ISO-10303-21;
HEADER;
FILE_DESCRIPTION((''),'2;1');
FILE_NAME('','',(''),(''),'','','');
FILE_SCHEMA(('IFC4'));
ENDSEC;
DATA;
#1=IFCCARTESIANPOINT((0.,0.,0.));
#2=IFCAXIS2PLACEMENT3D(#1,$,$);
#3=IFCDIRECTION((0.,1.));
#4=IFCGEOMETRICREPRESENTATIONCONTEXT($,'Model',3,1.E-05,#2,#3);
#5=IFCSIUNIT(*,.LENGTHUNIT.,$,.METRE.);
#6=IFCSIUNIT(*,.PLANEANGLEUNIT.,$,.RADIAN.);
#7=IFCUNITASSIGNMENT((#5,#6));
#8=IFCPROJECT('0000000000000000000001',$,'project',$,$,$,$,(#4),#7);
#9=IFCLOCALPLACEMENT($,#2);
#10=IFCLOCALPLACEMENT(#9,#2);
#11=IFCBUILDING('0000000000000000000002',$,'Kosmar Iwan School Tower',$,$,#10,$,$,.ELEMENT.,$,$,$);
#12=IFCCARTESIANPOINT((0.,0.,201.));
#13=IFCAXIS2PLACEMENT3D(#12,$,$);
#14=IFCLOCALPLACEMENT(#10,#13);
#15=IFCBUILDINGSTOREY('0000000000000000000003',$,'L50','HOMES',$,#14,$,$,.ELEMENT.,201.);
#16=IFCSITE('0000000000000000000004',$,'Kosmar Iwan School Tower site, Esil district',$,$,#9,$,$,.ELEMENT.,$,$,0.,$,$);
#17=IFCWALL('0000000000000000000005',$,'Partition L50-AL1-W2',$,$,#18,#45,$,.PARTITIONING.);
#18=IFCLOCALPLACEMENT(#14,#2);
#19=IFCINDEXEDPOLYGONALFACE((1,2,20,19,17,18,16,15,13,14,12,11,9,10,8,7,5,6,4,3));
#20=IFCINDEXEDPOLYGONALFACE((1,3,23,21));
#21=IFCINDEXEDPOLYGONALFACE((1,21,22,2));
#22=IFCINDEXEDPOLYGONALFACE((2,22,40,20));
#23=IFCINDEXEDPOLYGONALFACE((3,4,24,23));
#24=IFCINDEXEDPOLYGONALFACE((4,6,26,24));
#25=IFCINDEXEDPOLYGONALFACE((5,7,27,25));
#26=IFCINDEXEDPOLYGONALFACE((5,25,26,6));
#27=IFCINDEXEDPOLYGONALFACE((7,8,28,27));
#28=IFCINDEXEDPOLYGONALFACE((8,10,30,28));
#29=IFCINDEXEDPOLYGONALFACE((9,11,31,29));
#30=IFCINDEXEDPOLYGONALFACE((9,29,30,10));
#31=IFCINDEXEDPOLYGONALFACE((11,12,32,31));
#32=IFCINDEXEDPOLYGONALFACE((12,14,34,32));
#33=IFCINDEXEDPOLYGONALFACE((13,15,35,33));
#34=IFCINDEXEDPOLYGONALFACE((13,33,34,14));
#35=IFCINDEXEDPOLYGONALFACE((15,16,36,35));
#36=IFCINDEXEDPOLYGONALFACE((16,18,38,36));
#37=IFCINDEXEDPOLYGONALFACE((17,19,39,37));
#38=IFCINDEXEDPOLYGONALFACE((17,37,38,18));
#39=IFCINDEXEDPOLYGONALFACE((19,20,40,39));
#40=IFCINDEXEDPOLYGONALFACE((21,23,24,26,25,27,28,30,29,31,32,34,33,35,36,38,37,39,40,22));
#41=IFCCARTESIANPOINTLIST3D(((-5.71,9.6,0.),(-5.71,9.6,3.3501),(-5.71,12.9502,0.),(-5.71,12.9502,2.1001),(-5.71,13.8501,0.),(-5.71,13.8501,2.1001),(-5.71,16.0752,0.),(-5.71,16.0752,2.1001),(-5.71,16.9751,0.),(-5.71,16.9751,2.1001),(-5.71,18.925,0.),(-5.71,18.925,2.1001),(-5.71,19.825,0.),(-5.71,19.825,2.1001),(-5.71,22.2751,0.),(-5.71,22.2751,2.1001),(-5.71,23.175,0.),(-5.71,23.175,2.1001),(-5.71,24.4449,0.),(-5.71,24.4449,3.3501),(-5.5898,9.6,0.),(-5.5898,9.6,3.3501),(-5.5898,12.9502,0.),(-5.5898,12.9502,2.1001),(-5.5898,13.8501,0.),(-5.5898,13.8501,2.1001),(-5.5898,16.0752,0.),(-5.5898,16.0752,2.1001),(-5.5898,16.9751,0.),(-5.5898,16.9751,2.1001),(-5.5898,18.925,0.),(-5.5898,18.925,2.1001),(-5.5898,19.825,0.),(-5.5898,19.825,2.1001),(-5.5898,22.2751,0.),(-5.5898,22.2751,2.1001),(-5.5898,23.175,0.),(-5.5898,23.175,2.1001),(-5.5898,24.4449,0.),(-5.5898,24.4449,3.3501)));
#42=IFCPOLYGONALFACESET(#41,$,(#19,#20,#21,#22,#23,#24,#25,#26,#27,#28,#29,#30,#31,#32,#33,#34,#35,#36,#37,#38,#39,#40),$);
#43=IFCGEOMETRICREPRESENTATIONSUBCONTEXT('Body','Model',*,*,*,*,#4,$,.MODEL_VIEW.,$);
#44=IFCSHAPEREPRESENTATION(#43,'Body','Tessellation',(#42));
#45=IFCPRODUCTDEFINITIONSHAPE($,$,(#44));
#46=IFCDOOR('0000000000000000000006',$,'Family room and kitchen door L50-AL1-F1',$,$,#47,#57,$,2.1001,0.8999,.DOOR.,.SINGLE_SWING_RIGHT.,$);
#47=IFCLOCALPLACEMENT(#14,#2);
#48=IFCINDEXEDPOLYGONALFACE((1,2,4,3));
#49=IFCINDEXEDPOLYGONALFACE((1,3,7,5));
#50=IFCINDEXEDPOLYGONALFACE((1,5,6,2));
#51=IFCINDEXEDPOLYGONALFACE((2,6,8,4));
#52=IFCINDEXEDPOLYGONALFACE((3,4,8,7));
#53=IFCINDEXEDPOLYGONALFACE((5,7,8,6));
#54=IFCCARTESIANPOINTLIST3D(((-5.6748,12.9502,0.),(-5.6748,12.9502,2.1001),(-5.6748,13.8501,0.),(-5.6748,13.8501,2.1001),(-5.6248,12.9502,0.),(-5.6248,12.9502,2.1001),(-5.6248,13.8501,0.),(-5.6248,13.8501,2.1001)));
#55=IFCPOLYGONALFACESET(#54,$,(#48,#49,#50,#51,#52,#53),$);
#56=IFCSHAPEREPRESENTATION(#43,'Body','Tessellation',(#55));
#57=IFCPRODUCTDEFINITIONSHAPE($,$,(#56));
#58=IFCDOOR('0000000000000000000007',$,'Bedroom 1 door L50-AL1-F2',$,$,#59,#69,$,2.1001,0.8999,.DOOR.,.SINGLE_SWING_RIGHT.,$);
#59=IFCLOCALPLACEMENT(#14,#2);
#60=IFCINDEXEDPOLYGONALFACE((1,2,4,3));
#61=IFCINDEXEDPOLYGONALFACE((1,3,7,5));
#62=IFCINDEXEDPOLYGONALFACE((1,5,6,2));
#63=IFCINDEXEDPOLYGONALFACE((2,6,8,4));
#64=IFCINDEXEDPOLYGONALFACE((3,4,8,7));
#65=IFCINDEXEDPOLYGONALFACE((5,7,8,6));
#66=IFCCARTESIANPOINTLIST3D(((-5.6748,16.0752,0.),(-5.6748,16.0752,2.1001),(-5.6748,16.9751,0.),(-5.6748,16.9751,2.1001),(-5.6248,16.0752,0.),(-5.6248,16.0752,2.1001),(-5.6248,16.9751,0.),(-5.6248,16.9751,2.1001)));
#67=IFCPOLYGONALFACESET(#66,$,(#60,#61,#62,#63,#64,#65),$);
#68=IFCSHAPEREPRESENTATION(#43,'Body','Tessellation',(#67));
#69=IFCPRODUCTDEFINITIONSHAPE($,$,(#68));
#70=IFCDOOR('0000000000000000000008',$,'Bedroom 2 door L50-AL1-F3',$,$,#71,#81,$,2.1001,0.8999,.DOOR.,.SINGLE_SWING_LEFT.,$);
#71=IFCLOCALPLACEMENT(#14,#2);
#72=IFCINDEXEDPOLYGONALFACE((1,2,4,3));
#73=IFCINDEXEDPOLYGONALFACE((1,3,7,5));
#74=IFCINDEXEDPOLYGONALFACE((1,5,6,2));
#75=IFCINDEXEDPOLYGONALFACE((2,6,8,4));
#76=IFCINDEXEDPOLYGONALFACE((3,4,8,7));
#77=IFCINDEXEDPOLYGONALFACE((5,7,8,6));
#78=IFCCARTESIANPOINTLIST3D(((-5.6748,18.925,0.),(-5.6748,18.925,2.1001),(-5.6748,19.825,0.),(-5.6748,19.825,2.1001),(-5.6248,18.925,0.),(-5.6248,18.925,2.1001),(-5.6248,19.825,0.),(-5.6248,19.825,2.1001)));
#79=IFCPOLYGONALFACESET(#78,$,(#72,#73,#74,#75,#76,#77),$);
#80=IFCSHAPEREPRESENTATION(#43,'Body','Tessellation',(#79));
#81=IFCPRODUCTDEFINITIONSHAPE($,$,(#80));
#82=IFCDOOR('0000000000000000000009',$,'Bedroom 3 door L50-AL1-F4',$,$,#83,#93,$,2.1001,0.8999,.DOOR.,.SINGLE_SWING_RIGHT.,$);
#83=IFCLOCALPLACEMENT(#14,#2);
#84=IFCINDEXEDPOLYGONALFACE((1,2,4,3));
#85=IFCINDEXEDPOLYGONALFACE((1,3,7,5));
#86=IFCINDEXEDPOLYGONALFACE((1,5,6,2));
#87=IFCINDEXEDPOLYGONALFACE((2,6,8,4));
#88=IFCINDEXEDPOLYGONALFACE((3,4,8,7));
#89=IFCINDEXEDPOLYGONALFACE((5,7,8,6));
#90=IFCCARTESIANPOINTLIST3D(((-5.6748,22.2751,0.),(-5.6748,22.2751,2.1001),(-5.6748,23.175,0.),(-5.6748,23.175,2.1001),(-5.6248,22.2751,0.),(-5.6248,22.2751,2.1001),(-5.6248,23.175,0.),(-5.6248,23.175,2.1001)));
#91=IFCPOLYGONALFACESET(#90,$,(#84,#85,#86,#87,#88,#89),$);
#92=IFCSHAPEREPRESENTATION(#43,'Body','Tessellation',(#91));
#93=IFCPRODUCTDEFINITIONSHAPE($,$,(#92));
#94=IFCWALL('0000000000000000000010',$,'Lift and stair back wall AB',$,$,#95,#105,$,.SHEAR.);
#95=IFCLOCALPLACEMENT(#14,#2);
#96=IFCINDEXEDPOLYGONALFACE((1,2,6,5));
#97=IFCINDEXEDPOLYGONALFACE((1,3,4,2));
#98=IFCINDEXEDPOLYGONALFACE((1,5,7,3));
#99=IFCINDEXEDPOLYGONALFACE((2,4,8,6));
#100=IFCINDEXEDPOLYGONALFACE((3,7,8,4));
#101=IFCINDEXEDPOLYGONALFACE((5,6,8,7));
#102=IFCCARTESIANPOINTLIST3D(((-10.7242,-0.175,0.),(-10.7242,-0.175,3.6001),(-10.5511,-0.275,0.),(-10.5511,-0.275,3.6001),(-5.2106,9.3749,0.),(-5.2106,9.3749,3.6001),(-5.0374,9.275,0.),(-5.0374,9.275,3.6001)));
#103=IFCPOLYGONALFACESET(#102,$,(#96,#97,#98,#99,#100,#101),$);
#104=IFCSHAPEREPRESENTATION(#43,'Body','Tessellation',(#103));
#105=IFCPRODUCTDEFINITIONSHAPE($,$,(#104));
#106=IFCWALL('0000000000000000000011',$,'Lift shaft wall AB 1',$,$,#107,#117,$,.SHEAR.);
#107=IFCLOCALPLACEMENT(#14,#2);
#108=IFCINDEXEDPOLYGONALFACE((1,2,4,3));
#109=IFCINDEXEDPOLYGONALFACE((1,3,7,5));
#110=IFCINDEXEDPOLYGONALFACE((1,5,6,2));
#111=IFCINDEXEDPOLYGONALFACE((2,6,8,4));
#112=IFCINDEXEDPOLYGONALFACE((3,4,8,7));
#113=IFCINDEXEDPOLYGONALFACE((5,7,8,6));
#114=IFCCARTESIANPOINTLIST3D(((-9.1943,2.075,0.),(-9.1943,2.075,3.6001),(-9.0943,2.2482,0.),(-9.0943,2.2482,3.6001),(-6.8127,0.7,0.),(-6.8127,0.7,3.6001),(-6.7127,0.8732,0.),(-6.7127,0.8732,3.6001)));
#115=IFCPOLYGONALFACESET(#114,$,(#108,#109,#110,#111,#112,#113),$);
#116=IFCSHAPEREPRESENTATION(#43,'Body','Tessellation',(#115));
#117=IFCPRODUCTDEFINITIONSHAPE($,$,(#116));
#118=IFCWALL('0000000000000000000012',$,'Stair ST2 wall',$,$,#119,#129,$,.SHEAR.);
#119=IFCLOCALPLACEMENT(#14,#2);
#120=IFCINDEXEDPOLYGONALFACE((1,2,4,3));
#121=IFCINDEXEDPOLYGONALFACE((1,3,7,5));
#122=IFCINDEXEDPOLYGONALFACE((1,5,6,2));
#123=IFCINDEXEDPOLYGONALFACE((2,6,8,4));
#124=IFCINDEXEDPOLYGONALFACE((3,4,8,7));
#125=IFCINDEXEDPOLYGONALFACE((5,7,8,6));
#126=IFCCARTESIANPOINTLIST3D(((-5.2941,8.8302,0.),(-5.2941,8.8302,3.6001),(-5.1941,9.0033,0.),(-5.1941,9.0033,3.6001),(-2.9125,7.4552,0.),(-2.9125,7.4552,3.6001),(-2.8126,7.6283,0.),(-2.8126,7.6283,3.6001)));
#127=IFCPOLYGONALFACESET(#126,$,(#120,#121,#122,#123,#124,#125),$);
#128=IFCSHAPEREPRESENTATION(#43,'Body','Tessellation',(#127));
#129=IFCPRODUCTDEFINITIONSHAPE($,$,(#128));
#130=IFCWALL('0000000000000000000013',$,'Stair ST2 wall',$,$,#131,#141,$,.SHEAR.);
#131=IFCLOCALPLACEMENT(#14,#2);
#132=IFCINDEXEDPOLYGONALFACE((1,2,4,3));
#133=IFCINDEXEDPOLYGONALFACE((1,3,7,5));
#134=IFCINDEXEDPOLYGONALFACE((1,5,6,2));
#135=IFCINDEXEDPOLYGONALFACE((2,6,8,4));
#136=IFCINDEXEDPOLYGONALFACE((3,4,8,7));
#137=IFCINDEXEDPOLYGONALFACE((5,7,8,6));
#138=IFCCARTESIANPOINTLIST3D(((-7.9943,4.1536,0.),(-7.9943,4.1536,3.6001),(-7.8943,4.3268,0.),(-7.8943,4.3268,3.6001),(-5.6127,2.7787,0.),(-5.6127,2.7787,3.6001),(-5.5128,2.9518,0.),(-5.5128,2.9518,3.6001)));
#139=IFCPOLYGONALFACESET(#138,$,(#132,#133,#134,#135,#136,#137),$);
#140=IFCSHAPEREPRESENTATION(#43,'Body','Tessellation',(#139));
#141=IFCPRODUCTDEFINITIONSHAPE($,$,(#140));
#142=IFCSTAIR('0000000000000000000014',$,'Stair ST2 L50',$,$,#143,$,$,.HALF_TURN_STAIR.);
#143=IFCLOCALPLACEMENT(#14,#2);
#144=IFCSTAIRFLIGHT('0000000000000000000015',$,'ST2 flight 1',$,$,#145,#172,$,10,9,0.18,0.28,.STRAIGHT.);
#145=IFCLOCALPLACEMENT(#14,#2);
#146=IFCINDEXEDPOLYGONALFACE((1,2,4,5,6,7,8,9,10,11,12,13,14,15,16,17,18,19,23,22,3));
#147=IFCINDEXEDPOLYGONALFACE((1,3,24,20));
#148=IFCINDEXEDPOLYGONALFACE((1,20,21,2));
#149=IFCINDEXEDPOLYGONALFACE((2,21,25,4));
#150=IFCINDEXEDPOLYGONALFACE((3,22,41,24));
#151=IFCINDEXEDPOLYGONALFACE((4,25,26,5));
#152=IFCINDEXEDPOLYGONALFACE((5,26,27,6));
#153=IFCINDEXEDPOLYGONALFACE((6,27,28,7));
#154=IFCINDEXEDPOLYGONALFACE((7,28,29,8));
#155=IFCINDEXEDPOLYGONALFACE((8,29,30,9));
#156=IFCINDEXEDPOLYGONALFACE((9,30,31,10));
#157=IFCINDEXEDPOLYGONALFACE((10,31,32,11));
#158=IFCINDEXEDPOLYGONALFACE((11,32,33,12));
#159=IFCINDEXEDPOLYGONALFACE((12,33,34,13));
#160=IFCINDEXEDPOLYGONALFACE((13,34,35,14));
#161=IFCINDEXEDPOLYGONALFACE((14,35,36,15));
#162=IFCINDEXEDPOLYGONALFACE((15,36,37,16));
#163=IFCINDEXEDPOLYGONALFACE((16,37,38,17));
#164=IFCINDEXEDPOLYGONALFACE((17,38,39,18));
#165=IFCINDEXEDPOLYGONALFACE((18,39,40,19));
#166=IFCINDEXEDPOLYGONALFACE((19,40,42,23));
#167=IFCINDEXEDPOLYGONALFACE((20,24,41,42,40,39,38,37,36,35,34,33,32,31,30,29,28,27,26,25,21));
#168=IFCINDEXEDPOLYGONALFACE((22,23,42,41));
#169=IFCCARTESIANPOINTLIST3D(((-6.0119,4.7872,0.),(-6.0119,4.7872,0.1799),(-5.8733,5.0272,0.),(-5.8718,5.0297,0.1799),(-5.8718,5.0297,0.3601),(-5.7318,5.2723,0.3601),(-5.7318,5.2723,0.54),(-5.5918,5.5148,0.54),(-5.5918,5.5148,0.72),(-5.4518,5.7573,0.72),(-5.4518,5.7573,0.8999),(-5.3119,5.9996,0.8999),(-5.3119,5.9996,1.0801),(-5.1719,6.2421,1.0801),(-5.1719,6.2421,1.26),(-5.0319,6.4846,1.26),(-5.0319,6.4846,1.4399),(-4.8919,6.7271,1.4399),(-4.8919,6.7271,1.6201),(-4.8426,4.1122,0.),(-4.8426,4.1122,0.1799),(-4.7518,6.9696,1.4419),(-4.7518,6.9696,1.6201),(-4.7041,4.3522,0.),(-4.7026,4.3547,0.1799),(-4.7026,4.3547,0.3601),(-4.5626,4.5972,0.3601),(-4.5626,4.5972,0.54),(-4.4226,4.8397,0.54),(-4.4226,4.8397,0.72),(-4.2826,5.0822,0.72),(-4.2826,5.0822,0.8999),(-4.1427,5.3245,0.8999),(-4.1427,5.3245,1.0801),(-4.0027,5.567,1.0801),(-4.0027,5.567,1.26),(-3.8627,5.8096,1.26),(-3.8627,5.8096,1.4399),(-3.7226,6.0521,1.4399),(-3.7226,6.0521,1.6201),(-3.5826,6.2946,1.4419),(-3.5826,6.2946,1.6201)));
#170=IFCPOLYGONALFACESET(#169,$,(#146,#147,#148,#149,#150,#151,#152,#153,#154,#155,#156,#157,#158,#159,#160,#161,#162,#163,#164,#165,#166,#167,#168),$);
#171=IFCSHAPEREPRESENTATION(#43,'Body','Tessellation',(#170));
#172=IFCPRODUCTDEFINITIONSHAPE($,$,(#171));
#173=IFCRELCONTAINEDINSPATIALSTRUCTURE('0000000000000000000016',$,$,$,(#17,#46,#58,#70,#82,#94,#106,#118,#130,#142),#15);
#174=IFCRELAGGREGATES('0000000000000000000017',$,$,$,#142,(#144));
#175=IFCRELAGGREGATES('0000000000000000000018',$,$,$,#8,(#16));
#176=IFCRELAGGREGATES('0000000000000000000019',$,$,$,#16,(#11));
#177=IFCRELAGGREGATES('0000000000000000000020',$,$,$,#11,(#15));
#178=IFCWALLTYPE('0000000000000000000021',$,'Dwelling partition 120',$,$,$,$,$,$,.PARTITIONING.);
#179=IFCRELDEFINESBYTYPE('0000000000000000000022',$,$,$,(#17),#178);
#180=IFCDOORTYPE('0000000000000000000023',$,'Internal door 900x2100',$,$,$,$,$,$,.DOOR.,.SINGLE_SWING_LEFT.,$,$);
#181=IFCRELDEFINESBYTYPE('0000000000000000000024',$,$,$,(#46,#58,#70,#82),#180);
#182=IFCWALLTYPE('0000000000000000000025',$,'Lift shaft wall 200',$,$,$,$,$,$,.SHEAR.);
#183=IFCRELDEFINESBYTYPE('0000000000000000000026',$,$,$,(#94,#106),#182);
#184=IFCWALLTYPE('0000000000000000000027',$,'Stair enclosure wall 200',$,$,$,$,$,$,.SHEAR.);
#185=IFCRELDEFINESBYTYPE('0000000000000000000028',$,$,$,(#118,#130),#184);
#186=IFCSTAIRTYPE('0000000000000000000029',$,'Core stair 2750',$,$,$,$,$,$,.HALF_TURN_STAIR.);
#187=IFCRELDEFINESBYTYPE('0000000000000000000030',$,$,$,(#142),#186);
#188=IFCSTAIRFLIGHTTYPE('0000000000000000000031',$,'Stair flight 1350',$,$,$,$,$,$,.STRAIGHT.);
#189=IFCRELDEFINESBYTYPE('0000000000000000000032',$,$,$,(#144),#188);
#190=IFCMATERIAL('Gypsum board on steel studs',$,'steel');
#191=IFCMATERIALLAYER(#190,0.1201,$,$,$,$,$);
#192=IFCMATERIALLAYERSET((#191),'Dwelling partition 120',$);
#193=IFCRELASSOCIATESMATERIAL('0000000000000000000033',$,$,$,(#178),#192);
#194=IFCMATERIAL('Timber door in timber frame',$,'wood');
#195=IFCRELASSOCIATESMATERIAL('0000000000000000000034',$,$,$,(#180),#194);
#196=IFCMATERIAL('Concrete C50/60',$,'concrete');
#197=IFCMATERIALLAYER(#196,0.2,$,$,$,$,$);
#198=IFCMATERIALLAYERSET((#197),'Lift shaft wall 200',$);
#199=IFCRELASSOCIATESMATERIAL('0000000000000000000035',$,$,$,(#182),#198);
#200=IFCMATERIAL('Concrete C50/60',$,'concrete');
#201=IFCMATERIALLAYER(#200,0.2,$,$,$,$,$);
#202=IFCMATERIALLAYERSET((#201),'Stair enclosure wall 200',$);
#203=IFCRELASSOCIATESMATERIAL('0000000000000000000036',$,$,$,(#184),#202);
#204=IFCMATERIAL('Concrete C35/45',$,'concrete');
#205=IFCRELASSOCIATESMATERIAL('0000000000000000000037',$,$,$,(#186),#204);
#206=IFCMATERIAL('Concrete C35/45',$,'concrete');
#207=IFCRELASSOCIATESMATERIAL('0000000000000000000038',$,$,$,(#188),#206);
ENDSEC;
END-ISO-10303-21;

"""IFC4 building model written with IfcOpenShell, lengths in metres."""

from ifc_helpers import new_model, si_unit, direction, frame, frame_2d, origin, place, context, subcontext, project, spatial, polyline, rectangle, outline, extrude, material, layer, layer_set, type_object, element, fill, aggregate, save


model = new_model("IFC4")

# Units and contexts
model_context = context("Model", 3, precision=1e-05, world=origin(), true_north=direction((0.0, 1.0)))
body_context = subcontext(model_context, "Body", "Model", "MODEL_VIEW")
ifc_project = project(units=[si_unit("LENGTHUNIT", "METRE"), si_unit("PLANEANGLEUNIT", "RADIAN")], contexts=[model_context])

# Site, building, storey
site_placement = place(None, origin())
site = spatial("IfcSite", under=ifc_project, at=site_placement, Name="Kosmar Iwan School Tower site, Esil district", CompositionType="ELEMENT", RefElevation=0.0)
building_placement = place(site_placement, origin())
building = spatial("IfcBuilding", under=site, at=building_placement, Name="Kosmar Iwan School Tower", CompositionType="ELEMENT")
storey_placement = place(building_placement, frame((0.0, 0.0, 201.0)))
storey = spatial("IfcBuildingStorey", under=building, at=storey_placement, Name="L50", Description="HOMES", CompositionType="ELEMENT", Elevation=201.0)

# Wall, openings, doors
ifc_material_1 = material(Name="Gypsum board on steel studs", Category="steel")
ifc_layer_1 = layer(ifc_material_1, 0.1201)
ifc_layer_set_1 = layer_set([ifc_layer_1], Name="Dwelling partition 120")
wall_type_1 = type_object("IfcWallType", Name="Dwelling partition 120", PredefinedType="PARTITIONING", material=ifc_layer_set_1)
ifc_material_2 = material(Name="Timber door in timber frame", Category="wood")
door_type_1 = type_object("IfcDoorType", Name="Internal door 900x2100", OperationType="SINGLE_SWING_LEFT", PredefinedType="DOOR", material=ifc_material_2)
wall_1_placement = place(storey_placement, frame((-5.6499, 9.6001, 0.0), z_axis=(0.0, 0.0, 1.0), x_axis=(0.0, 1.0, 0.0)))
wall_1 = element("IfcWall", 1, at=wall_1_placement, inside=storey, type_object=wall_type_1, Name="Partition L50-AL1-W2", PredefinedType="PARTITIONING", context=body_context, shape_type="SweptSolid", body=[
    extrude(rectangle(XDim=14.845, YDim=0.1201, at=frame_2d((7.4224, 0.0))), origin(), (0.0, 0.0, 1.0), 3.3501),
])
opening_1_placement = place(wall_1_placement, frame((3.3501, 0.0, 0.0)))
opening_1 = element("IfcOpeningElement", 2, at=opening_1_placement, cuts=wall_1, PredefinedType="OPENING", context=body_context, shape_type="SweptSolid", body=[
    extrude(rectangle(XDim=0.8999, YDim=2.1001, at=frame_2d((0.45, 1.05))), frame((0.0, 0.072, 0.0), z_axis=(0.0, -1.0, 0.0), x_axis=(1.0, 0.0, 0.0)), (0.0, 0.0, 1.0), 0.144),
])
opening_2_placement = place(wall_1_placement, frame((6.4751, 0.0, 0.0)))
opening_2 = element("IfcOpeningElement", 3, at=opening_2_placement, cuts=wall_1, PredefinedType="OPENING", context=body_context, shape_type="SweptSolid", body=[
    extrude(rectangle(XDim=0.8999, YDim=2.1001, at=frame_2d((0.45, 1.05))), frame((0.0, 0.072, 0.0), z_axis=(0.0, -1.0, 0.0), x_axis=(1.0, 0.0, 0.0)), (0.0, 0.0, 1.0), 0.144),
])
opening_3_placement = place(wall_1_placement, frame((9.325, 0.0, 0.0)))
opening_3 = element("IfcOpeningElement", 4, at=opening_3_placement, cuts=wall_1, PredefinedType="OPENING", context=body_context, shape_type="SweptSolid", body=[
    extrude(rectangle(XDim=0.8999, YDim=2.1001, at=frame_2d((0.45, 1.05))), frame((0.0, 0.072, 0.0), z_axis=(0.0, -1.0, 0.0), x_axis=(1.0, 0.0, 0.0)), (0.0, 0.0, 1.0), 0.144),
])
opening_4_placement = place(wall_1_placement, frame((12.675, 0.0, 0.0)))
opening_4 = element("IfcOpeningElement", 5, at=opening_4_placement, cuts=wall_1, PredefinedType="OPENING", context=body_context, shape_type="SweptSolid", body=[
    extrude(rectangle(XDim=0.8999, YDim=2.1001, at=frame_2d((0.45, 1.05))), frame((0.0, 0.072, 0.0), z_axis=(0.0, -1.0, 0.0), x_axis=(1.0, 0.0, 0.0)), (0.0, 0.0, 1.0), 0.144),
])
door_1_placement = place(opening_1_placement, origin())
door_1 = element("IfcDoor", 6, at=door_1_placement, inside=storey, type_object=door_type_1, Name="Family room and kitchen door L50-AL1-F1", OperationType="SINGLE_SWING_RIGHT", OverallHeight=2.1001, OverallWidth=0.8999, PredefinedType="DOOR", context=body_context, shape_type="SweptSolid", body=[
    extrude(rectangle(XDim=0.8999, YDim=2.1001, at=frame_2d((0.45, 1.05))), frame((0.0, 0.0249, 0.0), z_axis=(0.0, -1.0, 0.0), x_axis=(1.0, 0.0, 0.0)), (0.0, 0.0, 1.0), 0.05),
])
fill(opening_1, door_1)
door_2_placement = place(opening_2_placement, origin())
door_2 = element("IfcDoor", 7, at=door_2_placement, inside=storey, type_object=door_type_1, Name="Bedroom 1 door L50-AL1-F2", OperationType="SINGLE_SWING_RIGHT", OverallHeight=2.1001, OverallWidth=0.8999, PredefinedType="DOOR", context=body_context, shape_type="SweptSolid", body=[
    extrude(rectangle(XDim=0.8999, YDim=2.1001, at=frame_2d((0.45, 1.05))), frame((0.0, 0.0249, 0.0), z_axis=(0.0, -1.0, 0.0), x_axis=(1.0, 0.0, 0.0)), (0.0, 0.0, 1.0), 0.05),
])
fill(opening_2, door_2)
door_3_placement = place(opening_3_placement, origin())
door_3 = element("IfcDoor", 8, at=door_3_placement, inside=storey, type_object=door_type_1, Name="Bedroom 2 door L50-AL1-F3", OperationType="SINGLE_SWING_LEFT", OverallHeight=2.1001, OverallWidth=0.8999, PredefinedType="DOOR", context=body_context, shape_type="SweptSolid", body=[
    extrude(rectangle(XDim=0.8999, YDim=2.1001, at=frame_2d((0.45, 1.05))), frame((0.0, 0.0249, 0.0), z_axis=(0.0, -1.0, 0.0), x_axis=(1.0, 0.0, 0.0)), (0.0, 0.0, 1.0), 0.05),
])
fill(opening_3, door_3)
door_4_placement = place(opening_4_placement, origin())
door_4 = element("IfcDoor", 9, at=door_4_placement, inside=storey, type_object=door_type_1, Name="Bedroom 3 door L50-AL1-F4", OperationType="SINGLE_SWING_RIGHT", OverallHeight=2.1001, OverallWidth=0.8999, PredefinedType="DOOR", context=body_context, shape_type="SweptSolid", body=[
    extrude(rectangle(XDim=0.8999, YDim=2.1001, at=frame_2d((0.45, 1.05))), frame((0.0, 0.0249, 0.0), z_axis=(0.0, -1.0, 0.0), x_axis=(1.0, 0.0, 0.0)), (0.0, 0.0, 1.0), 0.05),
])
fill(opening_4, door_4)

# Walls
ifc_material_3 = material(Name="Concrete C50/60", Category="concrete")
ifc_layer_2 = layer(ifc_material_3, 0.2)
ifc_layer_set_2 = layer_set([ifc_layer_2], Name="Lift shaft wall 200")
wall_type_2 = type_object("IfcWallType", Name="Lift shaft wall 200", PredefinedType="SHEAR", material=ifc_layer_set_2)
wall_2_placement = place(storey_placement, frame((-5.124, 9.325, 0.0), z_axis=(0.0, 0.0, 1.0), x_axis=(-0.499997, -0.866027, 0.0)))
element("IfcWall", 10, at=wall_2_placement, inside=storey, type_object=wall_type_2, Name="Lift and stair back wall AB", PredefinedType="SHEAR", context=body_context, shape_type="SweptSolid", body=[
    extrude(rectangle(XDim=11.0273, YDim=0.2, at=frame_2d((5.5137, 0.0))), origin(), (0.0, 0.0, 1.0), 3.6001),
])
wall_3_placement = place(storey_placement, frame((-6.7627, 0.7866, 0.0), z_axis=(0.0, 0.0, 1.0), x_axis=(-0.866027, 0.499997, 0.0)))
element("IfcWall", 11, at=wall_3_placement, inside=storey, type_object=wall_type_2, Name="Lift shaft wall AB 1", PredefinedType="SHEAR", context=body_context, shape_type="SweptSolid", body=[
    extrude(rectangle(XDim=2.75, YDim=0.2, at=frame_2d((1.375, 0.0))), origin(), (0.0, 0.0, 1.0), 3.6001),
])
ifc_material_4 = material(Name="Concrete C50/60", Category="concrete")
ifc_layer_3 = layer(ifc_material_4, 0.2)
ifc_layer_set_3 = layer_set([ifc_layer_3], Name="Stair enclosure wall 200")
wall_type_3 = type_object("IfcWallType", Name="Stair enclosure wall 200", PredefinedType="SHEAR", material=ifc_layer_set_3)
for number, where, z_axis, x_axis, name in (
    (12, (-2.8625, 7.5417, 0.0), (0.0, 0.0, 1.0), (-0.866027, 0.499997, 0.0), "Stair ST2 wall"),
    (13, (-5.5627, 2.8652, 0.0), (0.0, 0.0, 1.0), (-0.866027, 0.499997, 0.0), "Stair ST2 wall"),
):
    element("IfcWall", number, at=place(storey_placement, frame(where, z_axis=z_axis, x_axis=x_axis)), inside=storey, type_object=wall_type_3, Name=name, PredefinedType="SHEAR", context=body_context, shape_type="SweptSolid", body=[
        extrude(rectangle(XDim=2.75, YDim=0.2, at=frame_2d((1.375, 0.0))), origin(), (0.0, 0.0, 1.0), 3.6001),
    ])

# Stair, stair flight
ifc_material_5 = material(Name="Concrete C35/45", Category="concrete")
stair_type = type_object("IfcStairType", Name="Core stair 2750", PredefinedType="HALF_TURN_STAIR", material=ifc_material_5)
stair_placement = place(storey_placement, origin())
stair = element("IfcStair", 14, at=stair_placement, inside=storey, type_object=stair_type, Name="Stair ST2 L50", PredefinedType="HALF_TURN_STAIR")
ifc_material_6 = material(Name="Concrete C35/45", Category="concrete")
stair_flight_type = type_object("IfcStairFlightType", Name="Stair flight 1350", PredefinedType="STRAIGHT", material=ifc_material_6)
stair_flight_1_placement = place(storey_placement, frame((-5.4272, 4.4497, 0.0), z_axis=(0.0, 0.0, 1.0), x_axis=(0.5, 0.866025, 0.0)))
stair_flight_1 = element("IfcStairFlight", 15, at=stair_flight_1_placement, type_object=stair_flight_type, Name="ST2 flight 1", NumberOfRisers=10, NumberOfTreads=9, PredefinedType="STRAIGHT", RiserHeight=0.18, TreadLength=0.28, context=body_context, shape_type="SweptSolid", body=[
    extrude(outline(polyline([(0.0, 0.0), (0.0, 0.1799), (0.28, 0.1799), (0.28, 0.3601), (0.5601, 0.3601), (0.5601, 0.54), (0.8401, 0.54), (0.8401, 0.72), (1.1201, 0.72), (1.1201, 0.8999), (1.3999, 0.8999), (1.3999, 1.0801), (1.6799, 1.0801), (1.6799, 1.26), (1.96, 1.26), (1.96, 1.4399), (2.24, 1.4399), (2.24, 1.6201), (2.52, 1.6201), (2.52, 1.8), (2.52, 1.4419), (0.2771, 0.0), (0.0, 0.0)])), frame((0.0, 0.675, 0.0), z_axis=(0.0, -1.0, 0.0), x_axis=(1.0, 0.0, 0.0)), (0.0, 0.0, 1.0), 1.3501),
])
aggregate(stair, [stair_flight_1])

save(model, "model.ifc")
